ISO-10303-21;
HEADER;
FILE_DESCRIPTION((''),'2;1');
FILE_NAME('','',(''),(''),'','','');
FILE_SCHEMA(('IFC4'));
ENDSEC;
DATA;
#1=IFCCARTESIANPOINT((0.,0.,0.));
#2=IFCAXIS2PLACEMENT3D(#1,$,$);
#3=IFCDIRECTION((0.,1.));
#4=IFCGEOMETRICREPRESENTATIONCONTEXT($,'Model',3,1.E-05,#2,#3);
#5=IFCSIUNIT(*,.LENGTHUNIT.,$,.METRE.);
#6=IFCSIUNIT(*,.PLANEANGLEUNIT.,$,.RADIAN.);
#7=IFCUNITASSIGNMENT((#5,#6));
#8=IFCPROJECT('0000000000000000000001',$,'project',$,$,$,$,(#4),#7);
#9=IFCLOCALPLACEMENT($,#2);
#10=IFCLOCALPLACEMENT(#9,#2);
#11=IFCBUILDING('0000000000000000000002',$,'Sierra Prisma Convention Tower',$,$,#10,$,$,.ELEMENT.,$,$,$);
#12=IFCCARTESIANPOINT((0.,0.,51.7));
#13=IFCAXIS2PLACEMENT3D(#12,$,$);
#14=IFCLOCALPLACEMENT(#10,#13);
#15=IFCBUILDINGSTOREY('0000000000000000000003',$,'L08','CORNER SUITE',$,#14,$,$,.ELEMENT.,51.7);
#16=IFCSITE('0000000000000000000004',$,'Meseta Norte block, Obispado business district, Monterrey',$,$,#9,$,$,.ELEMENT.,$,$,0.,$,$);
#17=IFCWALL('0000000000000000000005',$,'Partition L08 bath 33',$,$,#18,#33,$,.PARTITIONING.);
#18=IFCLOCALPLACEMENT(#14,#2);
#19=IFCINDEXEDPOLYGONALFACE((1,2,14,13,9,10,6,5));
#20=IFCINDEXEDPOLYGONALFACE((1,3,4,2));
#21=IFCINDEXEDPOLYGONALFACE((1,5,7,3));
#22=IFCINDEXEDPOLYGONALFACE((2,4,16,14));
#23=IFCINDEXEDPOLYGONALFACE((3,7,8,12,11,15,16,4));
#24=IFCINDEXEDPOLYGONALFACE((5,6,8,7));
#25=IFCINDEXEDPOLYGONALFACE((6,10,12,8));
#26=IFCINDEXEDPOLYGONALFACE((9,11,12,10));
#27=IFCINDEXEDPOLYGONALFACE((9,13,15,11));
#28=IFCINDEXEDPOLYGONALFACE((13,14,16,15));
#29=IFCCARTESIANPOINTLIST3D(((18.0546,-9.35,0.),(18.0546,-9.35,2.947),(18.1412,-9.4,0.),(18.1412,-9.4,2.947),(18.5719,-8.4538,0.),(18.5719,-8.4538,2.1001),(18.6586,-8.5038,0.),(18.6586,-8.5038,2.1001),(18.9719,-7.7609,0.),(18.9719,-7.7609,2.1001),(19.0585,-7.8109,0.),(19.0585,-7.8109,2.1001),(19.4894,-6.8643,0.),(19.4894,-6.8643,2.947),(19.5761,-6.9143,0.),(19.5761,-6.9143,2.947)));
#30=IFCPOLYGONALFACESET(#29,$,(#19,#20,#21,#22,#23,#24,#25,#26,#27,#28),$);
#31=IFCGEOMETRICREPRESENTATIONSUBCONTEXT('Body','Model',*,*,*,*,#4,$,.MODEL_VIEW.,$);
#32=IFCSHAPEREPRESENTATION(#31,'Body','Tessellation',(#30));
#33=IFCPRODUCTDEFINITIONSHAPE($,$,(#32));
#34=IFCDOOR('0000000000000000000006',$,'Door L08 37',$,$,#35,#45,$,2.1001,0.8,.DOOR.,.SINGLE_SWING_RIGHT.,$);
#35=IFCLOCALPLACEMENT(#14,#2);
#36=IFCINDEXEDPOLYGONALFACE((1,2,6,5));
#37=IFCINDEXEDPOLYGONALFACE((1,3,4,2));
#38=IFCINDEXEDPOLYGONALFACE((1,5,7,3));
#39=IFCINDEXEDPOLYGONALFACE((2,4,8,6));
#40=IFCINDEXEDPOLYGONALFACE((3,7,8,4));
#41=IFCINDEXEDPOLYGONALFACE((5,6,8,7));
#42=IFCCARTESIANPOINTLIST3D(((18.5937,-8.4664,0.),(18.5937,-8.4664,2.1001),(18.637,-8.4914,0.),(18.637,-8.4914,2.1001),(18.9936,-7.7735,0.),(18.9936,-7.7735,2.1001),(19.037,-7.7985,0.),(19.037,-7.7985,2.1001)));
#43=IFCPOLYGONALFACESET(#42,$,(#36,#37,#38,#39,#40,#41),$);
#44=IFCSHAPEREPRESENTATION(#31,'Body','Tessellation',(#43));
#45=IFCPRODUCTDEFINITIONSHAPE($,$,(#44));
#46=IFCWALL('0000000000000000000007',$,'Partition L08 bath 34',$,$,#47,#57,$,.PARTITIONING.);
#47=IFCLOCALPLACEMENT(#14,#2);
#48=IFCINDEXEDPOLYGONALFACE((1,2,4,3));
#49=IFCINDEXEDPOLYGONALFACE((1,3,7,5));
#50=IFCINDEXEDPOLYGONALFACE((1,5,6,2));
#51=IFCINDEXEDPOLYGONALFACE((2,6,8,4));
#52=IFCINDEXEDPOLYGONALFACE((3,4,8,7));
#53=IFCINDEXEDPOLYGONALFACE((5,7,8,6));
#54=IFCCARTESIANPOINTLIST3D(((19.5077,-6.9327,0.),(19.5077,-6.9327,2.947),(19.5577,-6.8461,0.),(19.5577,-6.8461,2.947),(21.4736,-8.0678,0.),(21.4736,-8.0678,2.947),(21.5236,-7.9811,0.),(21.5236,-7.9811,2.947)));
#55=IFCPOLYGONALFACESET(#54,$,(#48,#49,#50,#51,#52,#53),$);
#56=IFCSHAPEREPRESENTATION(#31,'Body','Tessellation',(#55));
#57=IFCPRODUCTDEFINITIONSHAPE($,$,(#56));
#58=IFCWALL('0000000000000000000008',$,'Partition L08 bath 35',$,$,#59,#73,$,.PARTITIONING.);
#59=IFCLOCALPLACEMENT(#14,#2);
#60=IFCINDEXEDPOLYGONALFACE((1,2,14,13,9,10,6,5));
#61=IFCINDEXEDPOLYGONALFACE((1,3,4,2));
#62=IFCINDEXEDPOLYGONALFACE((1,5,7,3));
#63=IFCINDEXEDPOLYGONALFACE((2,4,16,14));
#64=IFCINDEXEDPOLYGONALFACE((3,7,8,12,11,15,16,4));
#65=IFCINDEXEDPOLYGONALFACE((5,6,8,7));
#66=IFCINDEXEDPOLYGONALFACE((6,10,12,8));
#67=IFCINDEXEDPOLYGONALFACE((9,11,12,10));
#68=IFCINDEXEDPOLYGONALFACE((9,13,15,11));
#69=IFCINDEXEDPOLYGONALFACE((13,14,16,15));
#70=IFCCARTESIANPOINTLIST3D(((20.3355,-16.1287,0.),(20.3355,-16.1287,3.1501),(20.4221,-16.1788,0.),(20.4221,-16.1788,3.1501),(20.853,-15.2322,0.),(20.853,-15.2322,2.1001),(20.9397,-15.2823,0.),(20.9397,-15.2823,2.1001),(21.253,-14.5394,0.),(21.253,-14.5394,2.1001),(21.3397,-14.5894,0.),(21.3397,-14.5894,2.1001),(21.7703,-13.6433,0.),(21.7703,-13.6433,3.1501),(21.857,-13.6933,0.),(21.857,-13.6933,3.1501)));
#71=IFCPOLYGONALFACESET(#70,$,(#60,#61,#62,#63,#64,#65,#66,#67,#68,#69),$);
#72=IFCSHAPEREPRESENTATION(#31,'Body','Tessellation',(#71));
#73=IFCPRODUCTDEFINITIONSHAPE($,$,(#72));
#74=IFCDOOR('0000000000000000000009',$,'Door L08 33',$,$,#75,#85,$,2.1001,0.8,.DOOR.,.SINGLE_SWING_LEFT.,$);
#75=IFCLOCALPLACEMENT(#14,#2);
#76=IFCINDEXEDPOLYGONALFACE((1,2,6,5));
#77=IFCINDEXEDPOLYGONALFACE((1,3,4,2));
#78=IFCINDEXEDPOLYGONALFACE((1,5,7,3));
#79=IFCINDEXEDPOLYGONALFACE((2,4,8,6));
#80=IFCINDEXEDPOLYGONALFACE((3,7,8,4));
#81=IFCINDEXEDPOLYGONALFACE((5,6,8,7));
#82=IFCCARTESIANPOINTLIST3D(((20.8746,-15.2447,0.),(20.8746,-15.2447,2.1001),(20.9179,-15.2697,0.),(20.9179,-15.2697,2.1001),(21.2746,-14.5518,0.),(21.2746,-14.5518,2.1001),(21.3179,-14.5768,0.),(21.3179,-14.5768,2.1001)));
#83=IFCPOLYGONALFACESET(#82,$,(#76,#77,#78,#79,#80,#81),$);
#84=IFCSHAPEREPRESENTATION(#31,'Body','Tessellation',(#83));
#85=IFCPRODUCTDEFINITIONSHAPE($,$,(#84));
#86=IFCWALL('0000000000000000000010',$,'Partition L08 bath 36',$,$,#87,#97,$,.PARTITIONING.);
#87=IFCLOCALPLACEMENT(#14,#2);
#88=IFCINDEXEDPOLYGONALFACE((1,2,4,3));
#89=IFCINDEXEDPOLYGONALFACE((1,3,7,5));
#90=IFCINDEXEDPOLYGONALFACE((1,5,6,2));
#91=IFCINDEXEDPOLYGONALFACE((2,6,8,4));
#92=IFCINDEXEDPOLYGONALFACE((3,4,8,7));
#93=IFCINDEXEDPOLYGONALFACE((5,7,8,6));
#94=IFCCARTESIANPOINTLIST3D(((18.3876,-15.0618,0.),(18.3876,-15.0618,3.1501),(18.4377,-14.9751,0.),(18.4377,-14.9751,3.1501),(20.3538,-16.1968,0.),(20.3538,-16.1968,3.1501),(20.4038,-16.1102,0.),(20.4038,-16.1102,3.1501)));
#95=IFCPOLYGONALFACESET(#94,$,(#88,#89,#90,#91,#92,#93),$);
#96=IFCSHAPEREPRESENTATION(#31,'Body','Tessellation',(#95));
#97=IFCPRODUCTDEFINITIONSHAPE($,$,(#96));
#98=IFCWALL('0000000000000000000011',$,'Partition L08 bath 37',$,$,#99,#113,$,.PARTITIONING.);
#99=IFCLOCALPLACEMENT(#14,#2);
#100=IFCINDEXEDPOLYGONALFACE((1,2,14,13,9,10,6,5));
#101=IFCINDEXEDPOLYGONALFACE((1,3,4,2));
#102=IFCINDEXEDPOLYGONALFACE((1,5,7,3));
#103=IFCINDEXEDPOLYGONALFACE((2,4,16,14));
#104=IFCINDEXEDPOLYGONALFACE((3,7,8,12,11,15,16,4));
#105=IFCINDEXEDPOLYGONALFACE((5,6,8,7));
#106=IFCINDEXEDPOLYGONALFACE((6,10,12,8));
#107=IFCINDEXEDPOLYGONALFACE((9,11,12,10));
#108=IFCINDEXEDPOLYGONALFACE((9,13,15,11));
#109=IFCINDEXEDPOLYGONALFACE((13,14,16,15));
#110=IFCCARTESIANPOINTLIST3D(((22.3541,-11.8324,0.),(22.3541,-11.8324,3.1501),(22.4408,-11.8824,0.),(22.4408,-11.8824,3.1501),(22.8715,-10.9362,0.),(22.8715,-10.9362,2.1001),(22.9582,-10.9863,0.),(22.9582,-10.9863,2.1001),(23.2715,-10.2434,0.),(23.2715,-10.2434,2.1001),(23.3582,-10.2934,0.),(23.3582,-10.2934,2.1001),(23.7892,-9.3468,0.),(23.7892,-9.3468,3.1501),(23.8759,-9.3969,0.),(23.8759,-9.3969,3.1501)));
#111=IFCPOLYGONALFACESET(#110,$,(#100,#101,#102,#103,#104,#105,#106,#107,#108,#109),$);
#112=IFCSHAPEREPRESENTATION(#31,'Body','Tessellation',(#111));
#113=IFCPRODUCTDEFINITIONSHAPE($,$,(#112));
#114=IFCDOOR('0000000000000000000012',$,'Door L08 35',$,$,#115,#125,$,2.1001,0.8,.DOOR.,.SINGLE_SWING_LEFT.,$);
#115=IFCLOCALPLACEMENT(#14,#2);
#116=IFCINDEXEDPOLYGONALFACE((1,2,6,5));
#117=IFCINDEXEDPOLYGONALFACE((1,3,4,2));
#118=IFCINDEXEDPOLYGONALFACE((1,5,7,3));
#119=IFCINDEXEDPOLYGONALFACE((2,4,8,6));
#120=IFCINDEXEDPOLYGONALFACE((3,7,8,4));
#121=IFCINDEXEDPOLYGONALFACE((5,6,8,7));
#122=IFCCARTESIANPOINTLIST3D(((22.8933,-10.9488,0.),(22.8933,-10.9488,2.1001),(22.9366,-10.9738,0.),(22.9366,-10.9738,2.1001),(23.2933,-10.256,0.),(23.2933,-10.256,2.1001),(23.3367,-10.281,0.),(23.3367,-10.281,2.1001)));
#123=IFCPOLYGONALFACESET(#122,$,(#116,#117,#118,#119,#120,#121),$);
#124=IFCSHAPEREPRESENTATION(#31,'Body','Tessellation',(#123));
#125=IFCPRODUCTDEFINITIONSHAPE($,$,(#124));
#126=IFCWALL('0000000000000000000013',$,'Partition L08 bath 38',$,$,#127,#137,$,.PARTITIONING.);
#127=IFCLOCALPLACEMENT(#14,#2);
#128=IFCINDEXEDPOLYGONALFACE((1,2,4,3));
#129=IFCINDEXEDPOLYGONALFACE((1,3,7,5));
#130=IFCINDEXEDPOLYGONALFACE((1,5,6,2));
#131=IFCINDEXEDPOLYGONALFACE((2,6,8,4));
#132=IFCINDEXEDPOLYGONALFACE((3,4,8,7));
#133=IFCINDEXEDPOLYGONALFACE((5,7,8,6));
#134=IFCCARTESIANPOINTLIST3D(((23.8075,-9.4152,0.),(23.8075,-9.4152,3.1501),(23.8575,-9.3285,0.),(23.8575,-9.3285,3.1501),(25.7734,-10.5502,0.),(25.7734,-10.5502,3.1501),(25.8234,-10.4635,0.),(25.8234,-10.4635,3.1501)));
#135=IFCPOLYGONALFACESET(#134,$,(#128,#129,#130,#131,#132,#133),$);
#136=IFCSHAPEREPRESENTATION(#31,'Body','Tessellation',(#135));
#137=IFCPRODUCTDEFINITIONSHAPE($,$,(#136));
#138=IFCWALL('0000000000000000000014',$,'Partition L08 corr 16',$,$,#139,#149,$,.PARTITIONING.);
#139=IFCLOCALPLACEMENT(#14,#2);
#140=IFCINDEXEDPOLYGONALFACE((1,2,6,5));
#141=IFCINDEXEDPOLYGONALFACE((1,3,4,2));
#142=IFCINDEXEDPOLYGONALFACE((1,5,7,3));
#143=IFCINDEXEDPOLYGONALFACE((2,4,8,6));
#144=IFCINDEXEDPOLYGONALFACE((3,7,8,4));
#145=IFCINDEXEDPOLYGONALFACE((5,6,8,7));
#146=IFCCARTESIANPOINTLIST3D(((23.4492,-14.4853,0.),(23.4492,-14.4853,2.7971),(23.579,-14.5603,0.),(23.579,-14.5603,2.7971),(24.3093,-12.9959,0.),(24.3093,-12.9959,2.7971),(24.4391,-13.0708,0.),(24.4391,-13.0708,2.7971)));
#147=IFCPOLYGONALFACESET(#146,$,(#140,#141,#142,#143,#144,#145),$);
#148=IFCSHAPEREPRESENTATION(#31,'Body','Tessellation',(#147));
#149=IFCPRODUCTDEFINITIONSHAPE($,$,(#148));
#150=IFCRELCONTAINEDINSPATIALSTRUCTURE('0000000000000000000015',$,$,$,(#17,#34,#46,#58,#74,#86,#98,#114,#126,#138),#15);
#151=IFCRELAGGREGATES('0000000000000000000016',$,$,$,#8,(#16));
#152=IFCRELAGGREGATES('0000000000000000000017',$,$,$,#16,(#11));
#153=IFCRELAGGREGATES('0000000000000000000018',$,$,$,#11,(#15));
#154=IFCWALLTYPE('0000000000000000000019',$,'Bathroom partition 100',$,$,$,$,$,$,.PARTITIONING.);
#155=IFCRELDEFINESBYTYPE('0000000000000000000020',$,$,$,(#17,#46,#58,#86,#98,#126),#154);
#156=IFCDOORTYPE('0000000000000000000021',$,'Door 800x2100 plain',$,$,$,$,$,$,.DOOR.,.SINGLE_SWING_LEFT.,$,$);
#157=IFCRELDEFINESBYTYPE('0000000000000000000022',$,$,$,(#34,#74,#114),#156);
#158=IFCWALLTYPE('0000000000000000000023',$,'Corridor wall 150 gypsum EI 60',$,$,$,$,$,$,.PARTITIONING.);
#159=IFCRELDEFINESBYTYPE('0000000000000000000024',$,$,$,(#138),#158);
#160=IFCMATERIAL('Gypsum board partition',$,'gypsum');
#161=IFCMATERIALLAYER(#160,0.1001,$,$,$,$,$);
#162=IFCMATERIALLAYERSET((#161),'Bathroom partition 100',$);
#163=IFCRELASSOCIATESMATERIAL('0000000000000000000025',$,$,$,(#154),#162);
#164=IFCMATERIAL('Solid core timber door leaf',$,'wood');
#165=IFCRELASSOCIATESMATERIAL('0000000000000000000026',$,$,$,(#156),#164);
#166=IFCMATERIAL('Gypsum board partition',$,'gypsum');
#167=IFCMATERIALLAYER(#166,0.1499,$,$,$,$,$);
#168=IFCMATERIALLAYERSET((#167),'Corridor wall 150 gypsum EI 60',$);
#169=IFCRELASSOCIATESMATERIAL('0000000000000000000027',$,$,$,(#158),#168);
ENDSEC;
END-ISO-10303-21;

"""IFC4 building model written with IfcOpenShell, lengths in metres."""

from ifc_helpers import new_model, si_unit, direction, frame, frame_2d, origin, place, context, subcontext, project, spatial, rectangle, extrude, material, layer, layer_set, type_object, element, fill, save


model = new_model("IFC4")

# Units and contexts
model_context = context("Model", 3, precision=1e-05, world=origin(), true_north=direction((0.0, 1.0)))
body_context = subcontext(model_context, "Body", "Model", "MODEL_VIEW")
ifc_project = project(units=[si_unit("LENGTHUNIT", "METRE"), si_unit("PLANEANGLEUNIT", "RADIAN")], contexts=[model_context])

# Site, building, storey
site_placement = place(None, origin())
site = spatial("IfcSite", under=ifc_project, at=site_placement, Name="Meseta Norte block, Obispado business district, Monterrey", CompositionType="ELEMENT", RefElevation=0.0)
building_placement = place(site_placement, origin())
building = spatial("IfcBuilding", under=site, at=building_placement, Name="Sierra Prisma Convention Tower", CompositionType="ELEMENT")
storey_placement = place(building_placement, frame((0.0, 0.0, 51.7)))
storey = spatial("IfcBuildingStorey", under=building, at=storey_placement, Name="L08", Description="CORNER SUITE", CompositionType="ELEMENT", Elevation=51.7)

# Wall, opening, door
ifc_material_1 = material(Name="Gypsum board partition", Category="gypsum")
ifc_layer_1 = layer(ifc_material_1, 0.1001)
ifc_layer_set_1 = layer_set([ifc_layer_1], Name="Bathroom partition 100")
wall_type_1 = type_object("IfcWallType", Name="Bathroom partition 100", PredefinedType="PARTITIONING", material=ifc_layer_set_1)
wall_1_placement = place(storey_placement, frame((18.0979, -9.375, 0.0), z_axis=(0.0, 0.0, 1.0), x_axis=(0.499936, 0.866062, 0.0)))
wall_1 = element("IfcWall", 1, at=wall_1_placement, inside=storey, type_object=wall_type_1, Name="Partition L08 bath 33", PredefinedType="PARTITIONING", context=body_context, shape_type="SweptSolid", body=[
    extrude(rectangle(XDim=2.8701, YDim=0.1001, at=frame_2d((1.4351, 0.0))), origin(), (0.0, 0.0, 1.0), 2.947),
])
opening_1_placement = place(wall_1_placement, frame((1.0349, 0.0, 0.0)))
opening_1 = element("IfcOpeningElement", 2, at=opening_1_placement, cuts=wall_1, PredefinedType="OPENING", context=body_context, shape_type="SweptSolid", body=[
    extrude(rectangle(XDim=0.8, YDim=2.1001, at=frame_2d((0.3999, 1.05))), frame((0.0, 0.05, 0.0), z_axis=(0.0, -1.0, 0.0), x_axis=(1.0, 0.0, 0.0)), (0.0, 0.0, 1.0), 0.1001),
])
ifc_material_2 = material(Name="Solid core timber door leaf", Category="wood")
door_type_1 = type_object("IfcDoorType", Name="Door 800x2100 plain", OperationType="SINGLE_SWING_LEFT", PredefinedType="DOOR", material=ifc_material_2)
door_1_placement = place(opening_1_placement, origin())
door_1 = element("IfcDoor", 3, at=door_1_placement, inside=storey, type_object=door_type_1, Name="Door L08 37", OperationType="SINGLE_SWING_RIGHT", OverallHeight=2.1001, OverallWidth=0.8, PredefinedType="DOOR", context=body_context, shape_type="SweptSolid", body=[
    extrude(rectangle(XDim=0.8, YDim=2.1001, at=frame_2d((0.3999, 1.05))), frame((0.0, 0.0249, 0.0), z_axis=(0.0, -1.0, 0.0), x_axis=(1.0, 0.0, 0.0)), (0.0, 0.0, 1.0), 0.05),
])
fill(opening_1, door_1)

# Wall
wall_2_placement = place(storey_placement, frame((19.5327, -6.8894, 0.0), z_axis=(0.0, 0.0, 1.0), x_axis=(0.866017, -0.500014, 0.0)))
element("IfcWall", 4, at=wall_2_placement, inside=storey, type_object=wall_type_1, Name="Partition L08 bath 34", PredefinedType="PARTITIONING", context=body_context, shape_type="SweptSolid", body=[
    extrude(rectangle(XDim=2.27, YDim=0.1001, at=frame_2d((1.135, 0.0))), origin(), (0.0, 0.0, 1.0), 2.947),
])

# Wall, opening, door
wall_3_placement = place(storey_placement, frame((21.8137, -13.6682, 0.0), z_axis=(0.0, 0.0, 1.0), x_axis=(-0.499973, -0.866041, 0.0)))
wall_3 = element("IfcWall", 5, at=wall_3_placement, inside=storey, type_object=wall_type_1, Name="Partition L08 bath 35", PredefinedType="PARTITIONING", context=body_context, shape_type="SweptSolid", body=[
    extrude(rectangle(XDim=2.8699, YDim=0.1001, at=frame_2d((1.4351, 0.0))), origin(), (0.0, 0.0, 1.0), 3.1501),
])
opening_2_placement = place(wall_3_placement, frame((1.0349, 0.0, 0.0)))
opening_2 = element("IfcOpeningElement", 6, at=opening_2_placement, cuts=wall_3, PredefinedType="OPENING", context=body_context, shape_type="SweptSolid", body=[
    extrude(rectangle(XDim=0.8, YDim=2.1001, at=frame_2d((0.3999, 1.05))), frame((0.0, 0.05, 0.0), z_axis=(0.0, -1.0, 0.0), x_axis=(1.0, 0.0, 0.0)), (0.0, 0.0, 1.0), 0.1001),
])
door_2_placement = place(opening_2_placement, origin())
door_2 = element("IfcDoor", 7, at=door_2_placement, inside=storey, type_object=door_type_1, Name="Door L08 33", OperationType="SINGLE_SWING_LEFT", OverallHeight=2.1001, OverallWidth=0.8, PredefinedType="DOOR", context=body_context, shape_type="SweptSolid", body=[
    extrude(rectangle(XDim=0.8, YDim=2.1001, at=frame_2d((0.3999, 1.05))), frame((0.0, 0.0249, 0.0), z_axis=(0.0, -1.0, 0.0), x_axis=(1.0, 0.0, 0.0)), (0.0, 0.0, 1.0), 0.05),
])
fill(opening_2, door_2)

# Wall
wall_4_placement = place(storey_placement, frame((20.3789, -16.1536, 0.0), z_axis=(0.0, 0.0, 1.0), x_axis=(-0.866044, 0.499968, 0.0)))
element("IfcWall", 8, at=wall_4_placement, inside=storey, type_object=wall_type_1, Name="Partition L08 bath 36", PredefinedType="PARTITIONING", context=body_context, shape_type="SweptSolid", body=[
    extrude(rectangle(XDim=2.2703, YDim=0.1001, at=frame_2d((1.1353, 0.0))), origin(), (0.0, 0.0, 1.0), 3.1501),
])

# Wall, opening, door
wall_5_placement = place(storey_placement, frame((22.3975, -11.8574, 0.0), z_axis=(0.0, 0.0, 1.0), x_axis=(0.5, 0.866026, 0.0)))
wall_5 = element("IfcWall", 9, at=wall_5_placement, inside=storey, type_object=wall_type_1, Name="Partition L08 bath 37", PredefinedType="PARTITIONING", context=body_context, shape_type="SweptSolid", body=[
    extrude(rectangle(XDim=2.8701, YDim=0.1001, at=frame_2d((1.4351, 0.0))), origin(), (0.0, 0.0, 1.0), 3.1501),
])
opening_3_placement = place(wall_5_placement, frame((1.0349, 0.0, 0.0)))
opening_3 = element("IfcOpeningElement", 10, at=opening_3_placement, cuts=wall_5, PredefinedType="OPENING", context=body_context, shape_type="SweptSolid", body=[
    extrude(rectangle(XDim=0.8, YDim=2.1001, at=frame_2d((0.3999, 1.05))), frame((0.0, 0.05, 0.0), z_axis=(0.0, -1.0, 0.0), x_axis=(1.0, 0.0, 0.0)), (0.0, 0.0, 1.0), 0.1001),
])
door_3_placement = place(opening_3_placement, origin())
door_3 = element("IfcDoor", 11, at=door_3_placement, inside=storey, type_object=door_type_1, Name="Door L08 35", OperationType="SINGLE_SWING_LEFT", OverallHeight=2.1001, OverallWidth=0.8, PredefinedType="DOOR", context=body_context, shape_type="SweptSolid", body=[
    extrude(rectangle(XDim=0.8, YDim=2.1001, at=frame_2d((0.3999, 1.05))), frame((0.0, 0.0249, 0.0), z_axis=(0.0, -1.0, 0.0), x_axis=(1.0, 0.0, 0.0)), (0.0, 0.0, 1.0), 0.05),
])
fill(opening_3, door_3)

# Walls
wall_6_placement = place(storey_placement, frame((23.8325, -9.3718, 0.0), z_axis=(0.0, 0.0, 1.0), x_axis=(0.866017, -0.500014, 0.0)))
element("IfcWall", 12, at=wall_6_placement, inside=storey, type_object=wall_type_1, Name="Partition L08 bath 38", PredefinedType="PARTITIONING", context=body_context, shape_type="SweptSolid", body=[
    extrude(rectangle(XDim=2.27, YDim=0.1001, at=frame_2d((1.135, 0.0))), origin(), (0.0, 0.0, 1.0), 3.1501),
])
ifc_material_3 = material(Name="Gypsum board partition", Category="gypsum")
ifc_layer_2 = layer(ifc_material_3, 0.1499)
ifc_layer_set_2 = layer_set([ifc_layer_2], Name="Corridor wall 150 gypsum EI 60")
wall_type_2 = type_object("IfcWallType", Name="Corridor wall 150 gypsum EI 60", PredefinedType="PARTITIONING", material=ifc_layer_set_2)
wall_7_placement = place(storey_placement, frame((23.5142, -14.5227, 0.0), z_axis=(0.0, 0.0, 1.0), x_axis=(0.500062, 0.865989, 0.0)))
element("IfcWall", 13, at=wall_7_placement, inside=storey, type_object=wall_type_2, Name="Partition L08 corr 16", PredefinedType="PARTITIONING", context=body_context, shape_type="SweptSolid", body=[
    extrude(rectangle(XDim=1.72, YDim=0.1499, at=frame_2d((0.8599, 0.0))), origin(), (0.0, 0.0, 1.0), 2.7971),
])

save(model, "model.ifc")
